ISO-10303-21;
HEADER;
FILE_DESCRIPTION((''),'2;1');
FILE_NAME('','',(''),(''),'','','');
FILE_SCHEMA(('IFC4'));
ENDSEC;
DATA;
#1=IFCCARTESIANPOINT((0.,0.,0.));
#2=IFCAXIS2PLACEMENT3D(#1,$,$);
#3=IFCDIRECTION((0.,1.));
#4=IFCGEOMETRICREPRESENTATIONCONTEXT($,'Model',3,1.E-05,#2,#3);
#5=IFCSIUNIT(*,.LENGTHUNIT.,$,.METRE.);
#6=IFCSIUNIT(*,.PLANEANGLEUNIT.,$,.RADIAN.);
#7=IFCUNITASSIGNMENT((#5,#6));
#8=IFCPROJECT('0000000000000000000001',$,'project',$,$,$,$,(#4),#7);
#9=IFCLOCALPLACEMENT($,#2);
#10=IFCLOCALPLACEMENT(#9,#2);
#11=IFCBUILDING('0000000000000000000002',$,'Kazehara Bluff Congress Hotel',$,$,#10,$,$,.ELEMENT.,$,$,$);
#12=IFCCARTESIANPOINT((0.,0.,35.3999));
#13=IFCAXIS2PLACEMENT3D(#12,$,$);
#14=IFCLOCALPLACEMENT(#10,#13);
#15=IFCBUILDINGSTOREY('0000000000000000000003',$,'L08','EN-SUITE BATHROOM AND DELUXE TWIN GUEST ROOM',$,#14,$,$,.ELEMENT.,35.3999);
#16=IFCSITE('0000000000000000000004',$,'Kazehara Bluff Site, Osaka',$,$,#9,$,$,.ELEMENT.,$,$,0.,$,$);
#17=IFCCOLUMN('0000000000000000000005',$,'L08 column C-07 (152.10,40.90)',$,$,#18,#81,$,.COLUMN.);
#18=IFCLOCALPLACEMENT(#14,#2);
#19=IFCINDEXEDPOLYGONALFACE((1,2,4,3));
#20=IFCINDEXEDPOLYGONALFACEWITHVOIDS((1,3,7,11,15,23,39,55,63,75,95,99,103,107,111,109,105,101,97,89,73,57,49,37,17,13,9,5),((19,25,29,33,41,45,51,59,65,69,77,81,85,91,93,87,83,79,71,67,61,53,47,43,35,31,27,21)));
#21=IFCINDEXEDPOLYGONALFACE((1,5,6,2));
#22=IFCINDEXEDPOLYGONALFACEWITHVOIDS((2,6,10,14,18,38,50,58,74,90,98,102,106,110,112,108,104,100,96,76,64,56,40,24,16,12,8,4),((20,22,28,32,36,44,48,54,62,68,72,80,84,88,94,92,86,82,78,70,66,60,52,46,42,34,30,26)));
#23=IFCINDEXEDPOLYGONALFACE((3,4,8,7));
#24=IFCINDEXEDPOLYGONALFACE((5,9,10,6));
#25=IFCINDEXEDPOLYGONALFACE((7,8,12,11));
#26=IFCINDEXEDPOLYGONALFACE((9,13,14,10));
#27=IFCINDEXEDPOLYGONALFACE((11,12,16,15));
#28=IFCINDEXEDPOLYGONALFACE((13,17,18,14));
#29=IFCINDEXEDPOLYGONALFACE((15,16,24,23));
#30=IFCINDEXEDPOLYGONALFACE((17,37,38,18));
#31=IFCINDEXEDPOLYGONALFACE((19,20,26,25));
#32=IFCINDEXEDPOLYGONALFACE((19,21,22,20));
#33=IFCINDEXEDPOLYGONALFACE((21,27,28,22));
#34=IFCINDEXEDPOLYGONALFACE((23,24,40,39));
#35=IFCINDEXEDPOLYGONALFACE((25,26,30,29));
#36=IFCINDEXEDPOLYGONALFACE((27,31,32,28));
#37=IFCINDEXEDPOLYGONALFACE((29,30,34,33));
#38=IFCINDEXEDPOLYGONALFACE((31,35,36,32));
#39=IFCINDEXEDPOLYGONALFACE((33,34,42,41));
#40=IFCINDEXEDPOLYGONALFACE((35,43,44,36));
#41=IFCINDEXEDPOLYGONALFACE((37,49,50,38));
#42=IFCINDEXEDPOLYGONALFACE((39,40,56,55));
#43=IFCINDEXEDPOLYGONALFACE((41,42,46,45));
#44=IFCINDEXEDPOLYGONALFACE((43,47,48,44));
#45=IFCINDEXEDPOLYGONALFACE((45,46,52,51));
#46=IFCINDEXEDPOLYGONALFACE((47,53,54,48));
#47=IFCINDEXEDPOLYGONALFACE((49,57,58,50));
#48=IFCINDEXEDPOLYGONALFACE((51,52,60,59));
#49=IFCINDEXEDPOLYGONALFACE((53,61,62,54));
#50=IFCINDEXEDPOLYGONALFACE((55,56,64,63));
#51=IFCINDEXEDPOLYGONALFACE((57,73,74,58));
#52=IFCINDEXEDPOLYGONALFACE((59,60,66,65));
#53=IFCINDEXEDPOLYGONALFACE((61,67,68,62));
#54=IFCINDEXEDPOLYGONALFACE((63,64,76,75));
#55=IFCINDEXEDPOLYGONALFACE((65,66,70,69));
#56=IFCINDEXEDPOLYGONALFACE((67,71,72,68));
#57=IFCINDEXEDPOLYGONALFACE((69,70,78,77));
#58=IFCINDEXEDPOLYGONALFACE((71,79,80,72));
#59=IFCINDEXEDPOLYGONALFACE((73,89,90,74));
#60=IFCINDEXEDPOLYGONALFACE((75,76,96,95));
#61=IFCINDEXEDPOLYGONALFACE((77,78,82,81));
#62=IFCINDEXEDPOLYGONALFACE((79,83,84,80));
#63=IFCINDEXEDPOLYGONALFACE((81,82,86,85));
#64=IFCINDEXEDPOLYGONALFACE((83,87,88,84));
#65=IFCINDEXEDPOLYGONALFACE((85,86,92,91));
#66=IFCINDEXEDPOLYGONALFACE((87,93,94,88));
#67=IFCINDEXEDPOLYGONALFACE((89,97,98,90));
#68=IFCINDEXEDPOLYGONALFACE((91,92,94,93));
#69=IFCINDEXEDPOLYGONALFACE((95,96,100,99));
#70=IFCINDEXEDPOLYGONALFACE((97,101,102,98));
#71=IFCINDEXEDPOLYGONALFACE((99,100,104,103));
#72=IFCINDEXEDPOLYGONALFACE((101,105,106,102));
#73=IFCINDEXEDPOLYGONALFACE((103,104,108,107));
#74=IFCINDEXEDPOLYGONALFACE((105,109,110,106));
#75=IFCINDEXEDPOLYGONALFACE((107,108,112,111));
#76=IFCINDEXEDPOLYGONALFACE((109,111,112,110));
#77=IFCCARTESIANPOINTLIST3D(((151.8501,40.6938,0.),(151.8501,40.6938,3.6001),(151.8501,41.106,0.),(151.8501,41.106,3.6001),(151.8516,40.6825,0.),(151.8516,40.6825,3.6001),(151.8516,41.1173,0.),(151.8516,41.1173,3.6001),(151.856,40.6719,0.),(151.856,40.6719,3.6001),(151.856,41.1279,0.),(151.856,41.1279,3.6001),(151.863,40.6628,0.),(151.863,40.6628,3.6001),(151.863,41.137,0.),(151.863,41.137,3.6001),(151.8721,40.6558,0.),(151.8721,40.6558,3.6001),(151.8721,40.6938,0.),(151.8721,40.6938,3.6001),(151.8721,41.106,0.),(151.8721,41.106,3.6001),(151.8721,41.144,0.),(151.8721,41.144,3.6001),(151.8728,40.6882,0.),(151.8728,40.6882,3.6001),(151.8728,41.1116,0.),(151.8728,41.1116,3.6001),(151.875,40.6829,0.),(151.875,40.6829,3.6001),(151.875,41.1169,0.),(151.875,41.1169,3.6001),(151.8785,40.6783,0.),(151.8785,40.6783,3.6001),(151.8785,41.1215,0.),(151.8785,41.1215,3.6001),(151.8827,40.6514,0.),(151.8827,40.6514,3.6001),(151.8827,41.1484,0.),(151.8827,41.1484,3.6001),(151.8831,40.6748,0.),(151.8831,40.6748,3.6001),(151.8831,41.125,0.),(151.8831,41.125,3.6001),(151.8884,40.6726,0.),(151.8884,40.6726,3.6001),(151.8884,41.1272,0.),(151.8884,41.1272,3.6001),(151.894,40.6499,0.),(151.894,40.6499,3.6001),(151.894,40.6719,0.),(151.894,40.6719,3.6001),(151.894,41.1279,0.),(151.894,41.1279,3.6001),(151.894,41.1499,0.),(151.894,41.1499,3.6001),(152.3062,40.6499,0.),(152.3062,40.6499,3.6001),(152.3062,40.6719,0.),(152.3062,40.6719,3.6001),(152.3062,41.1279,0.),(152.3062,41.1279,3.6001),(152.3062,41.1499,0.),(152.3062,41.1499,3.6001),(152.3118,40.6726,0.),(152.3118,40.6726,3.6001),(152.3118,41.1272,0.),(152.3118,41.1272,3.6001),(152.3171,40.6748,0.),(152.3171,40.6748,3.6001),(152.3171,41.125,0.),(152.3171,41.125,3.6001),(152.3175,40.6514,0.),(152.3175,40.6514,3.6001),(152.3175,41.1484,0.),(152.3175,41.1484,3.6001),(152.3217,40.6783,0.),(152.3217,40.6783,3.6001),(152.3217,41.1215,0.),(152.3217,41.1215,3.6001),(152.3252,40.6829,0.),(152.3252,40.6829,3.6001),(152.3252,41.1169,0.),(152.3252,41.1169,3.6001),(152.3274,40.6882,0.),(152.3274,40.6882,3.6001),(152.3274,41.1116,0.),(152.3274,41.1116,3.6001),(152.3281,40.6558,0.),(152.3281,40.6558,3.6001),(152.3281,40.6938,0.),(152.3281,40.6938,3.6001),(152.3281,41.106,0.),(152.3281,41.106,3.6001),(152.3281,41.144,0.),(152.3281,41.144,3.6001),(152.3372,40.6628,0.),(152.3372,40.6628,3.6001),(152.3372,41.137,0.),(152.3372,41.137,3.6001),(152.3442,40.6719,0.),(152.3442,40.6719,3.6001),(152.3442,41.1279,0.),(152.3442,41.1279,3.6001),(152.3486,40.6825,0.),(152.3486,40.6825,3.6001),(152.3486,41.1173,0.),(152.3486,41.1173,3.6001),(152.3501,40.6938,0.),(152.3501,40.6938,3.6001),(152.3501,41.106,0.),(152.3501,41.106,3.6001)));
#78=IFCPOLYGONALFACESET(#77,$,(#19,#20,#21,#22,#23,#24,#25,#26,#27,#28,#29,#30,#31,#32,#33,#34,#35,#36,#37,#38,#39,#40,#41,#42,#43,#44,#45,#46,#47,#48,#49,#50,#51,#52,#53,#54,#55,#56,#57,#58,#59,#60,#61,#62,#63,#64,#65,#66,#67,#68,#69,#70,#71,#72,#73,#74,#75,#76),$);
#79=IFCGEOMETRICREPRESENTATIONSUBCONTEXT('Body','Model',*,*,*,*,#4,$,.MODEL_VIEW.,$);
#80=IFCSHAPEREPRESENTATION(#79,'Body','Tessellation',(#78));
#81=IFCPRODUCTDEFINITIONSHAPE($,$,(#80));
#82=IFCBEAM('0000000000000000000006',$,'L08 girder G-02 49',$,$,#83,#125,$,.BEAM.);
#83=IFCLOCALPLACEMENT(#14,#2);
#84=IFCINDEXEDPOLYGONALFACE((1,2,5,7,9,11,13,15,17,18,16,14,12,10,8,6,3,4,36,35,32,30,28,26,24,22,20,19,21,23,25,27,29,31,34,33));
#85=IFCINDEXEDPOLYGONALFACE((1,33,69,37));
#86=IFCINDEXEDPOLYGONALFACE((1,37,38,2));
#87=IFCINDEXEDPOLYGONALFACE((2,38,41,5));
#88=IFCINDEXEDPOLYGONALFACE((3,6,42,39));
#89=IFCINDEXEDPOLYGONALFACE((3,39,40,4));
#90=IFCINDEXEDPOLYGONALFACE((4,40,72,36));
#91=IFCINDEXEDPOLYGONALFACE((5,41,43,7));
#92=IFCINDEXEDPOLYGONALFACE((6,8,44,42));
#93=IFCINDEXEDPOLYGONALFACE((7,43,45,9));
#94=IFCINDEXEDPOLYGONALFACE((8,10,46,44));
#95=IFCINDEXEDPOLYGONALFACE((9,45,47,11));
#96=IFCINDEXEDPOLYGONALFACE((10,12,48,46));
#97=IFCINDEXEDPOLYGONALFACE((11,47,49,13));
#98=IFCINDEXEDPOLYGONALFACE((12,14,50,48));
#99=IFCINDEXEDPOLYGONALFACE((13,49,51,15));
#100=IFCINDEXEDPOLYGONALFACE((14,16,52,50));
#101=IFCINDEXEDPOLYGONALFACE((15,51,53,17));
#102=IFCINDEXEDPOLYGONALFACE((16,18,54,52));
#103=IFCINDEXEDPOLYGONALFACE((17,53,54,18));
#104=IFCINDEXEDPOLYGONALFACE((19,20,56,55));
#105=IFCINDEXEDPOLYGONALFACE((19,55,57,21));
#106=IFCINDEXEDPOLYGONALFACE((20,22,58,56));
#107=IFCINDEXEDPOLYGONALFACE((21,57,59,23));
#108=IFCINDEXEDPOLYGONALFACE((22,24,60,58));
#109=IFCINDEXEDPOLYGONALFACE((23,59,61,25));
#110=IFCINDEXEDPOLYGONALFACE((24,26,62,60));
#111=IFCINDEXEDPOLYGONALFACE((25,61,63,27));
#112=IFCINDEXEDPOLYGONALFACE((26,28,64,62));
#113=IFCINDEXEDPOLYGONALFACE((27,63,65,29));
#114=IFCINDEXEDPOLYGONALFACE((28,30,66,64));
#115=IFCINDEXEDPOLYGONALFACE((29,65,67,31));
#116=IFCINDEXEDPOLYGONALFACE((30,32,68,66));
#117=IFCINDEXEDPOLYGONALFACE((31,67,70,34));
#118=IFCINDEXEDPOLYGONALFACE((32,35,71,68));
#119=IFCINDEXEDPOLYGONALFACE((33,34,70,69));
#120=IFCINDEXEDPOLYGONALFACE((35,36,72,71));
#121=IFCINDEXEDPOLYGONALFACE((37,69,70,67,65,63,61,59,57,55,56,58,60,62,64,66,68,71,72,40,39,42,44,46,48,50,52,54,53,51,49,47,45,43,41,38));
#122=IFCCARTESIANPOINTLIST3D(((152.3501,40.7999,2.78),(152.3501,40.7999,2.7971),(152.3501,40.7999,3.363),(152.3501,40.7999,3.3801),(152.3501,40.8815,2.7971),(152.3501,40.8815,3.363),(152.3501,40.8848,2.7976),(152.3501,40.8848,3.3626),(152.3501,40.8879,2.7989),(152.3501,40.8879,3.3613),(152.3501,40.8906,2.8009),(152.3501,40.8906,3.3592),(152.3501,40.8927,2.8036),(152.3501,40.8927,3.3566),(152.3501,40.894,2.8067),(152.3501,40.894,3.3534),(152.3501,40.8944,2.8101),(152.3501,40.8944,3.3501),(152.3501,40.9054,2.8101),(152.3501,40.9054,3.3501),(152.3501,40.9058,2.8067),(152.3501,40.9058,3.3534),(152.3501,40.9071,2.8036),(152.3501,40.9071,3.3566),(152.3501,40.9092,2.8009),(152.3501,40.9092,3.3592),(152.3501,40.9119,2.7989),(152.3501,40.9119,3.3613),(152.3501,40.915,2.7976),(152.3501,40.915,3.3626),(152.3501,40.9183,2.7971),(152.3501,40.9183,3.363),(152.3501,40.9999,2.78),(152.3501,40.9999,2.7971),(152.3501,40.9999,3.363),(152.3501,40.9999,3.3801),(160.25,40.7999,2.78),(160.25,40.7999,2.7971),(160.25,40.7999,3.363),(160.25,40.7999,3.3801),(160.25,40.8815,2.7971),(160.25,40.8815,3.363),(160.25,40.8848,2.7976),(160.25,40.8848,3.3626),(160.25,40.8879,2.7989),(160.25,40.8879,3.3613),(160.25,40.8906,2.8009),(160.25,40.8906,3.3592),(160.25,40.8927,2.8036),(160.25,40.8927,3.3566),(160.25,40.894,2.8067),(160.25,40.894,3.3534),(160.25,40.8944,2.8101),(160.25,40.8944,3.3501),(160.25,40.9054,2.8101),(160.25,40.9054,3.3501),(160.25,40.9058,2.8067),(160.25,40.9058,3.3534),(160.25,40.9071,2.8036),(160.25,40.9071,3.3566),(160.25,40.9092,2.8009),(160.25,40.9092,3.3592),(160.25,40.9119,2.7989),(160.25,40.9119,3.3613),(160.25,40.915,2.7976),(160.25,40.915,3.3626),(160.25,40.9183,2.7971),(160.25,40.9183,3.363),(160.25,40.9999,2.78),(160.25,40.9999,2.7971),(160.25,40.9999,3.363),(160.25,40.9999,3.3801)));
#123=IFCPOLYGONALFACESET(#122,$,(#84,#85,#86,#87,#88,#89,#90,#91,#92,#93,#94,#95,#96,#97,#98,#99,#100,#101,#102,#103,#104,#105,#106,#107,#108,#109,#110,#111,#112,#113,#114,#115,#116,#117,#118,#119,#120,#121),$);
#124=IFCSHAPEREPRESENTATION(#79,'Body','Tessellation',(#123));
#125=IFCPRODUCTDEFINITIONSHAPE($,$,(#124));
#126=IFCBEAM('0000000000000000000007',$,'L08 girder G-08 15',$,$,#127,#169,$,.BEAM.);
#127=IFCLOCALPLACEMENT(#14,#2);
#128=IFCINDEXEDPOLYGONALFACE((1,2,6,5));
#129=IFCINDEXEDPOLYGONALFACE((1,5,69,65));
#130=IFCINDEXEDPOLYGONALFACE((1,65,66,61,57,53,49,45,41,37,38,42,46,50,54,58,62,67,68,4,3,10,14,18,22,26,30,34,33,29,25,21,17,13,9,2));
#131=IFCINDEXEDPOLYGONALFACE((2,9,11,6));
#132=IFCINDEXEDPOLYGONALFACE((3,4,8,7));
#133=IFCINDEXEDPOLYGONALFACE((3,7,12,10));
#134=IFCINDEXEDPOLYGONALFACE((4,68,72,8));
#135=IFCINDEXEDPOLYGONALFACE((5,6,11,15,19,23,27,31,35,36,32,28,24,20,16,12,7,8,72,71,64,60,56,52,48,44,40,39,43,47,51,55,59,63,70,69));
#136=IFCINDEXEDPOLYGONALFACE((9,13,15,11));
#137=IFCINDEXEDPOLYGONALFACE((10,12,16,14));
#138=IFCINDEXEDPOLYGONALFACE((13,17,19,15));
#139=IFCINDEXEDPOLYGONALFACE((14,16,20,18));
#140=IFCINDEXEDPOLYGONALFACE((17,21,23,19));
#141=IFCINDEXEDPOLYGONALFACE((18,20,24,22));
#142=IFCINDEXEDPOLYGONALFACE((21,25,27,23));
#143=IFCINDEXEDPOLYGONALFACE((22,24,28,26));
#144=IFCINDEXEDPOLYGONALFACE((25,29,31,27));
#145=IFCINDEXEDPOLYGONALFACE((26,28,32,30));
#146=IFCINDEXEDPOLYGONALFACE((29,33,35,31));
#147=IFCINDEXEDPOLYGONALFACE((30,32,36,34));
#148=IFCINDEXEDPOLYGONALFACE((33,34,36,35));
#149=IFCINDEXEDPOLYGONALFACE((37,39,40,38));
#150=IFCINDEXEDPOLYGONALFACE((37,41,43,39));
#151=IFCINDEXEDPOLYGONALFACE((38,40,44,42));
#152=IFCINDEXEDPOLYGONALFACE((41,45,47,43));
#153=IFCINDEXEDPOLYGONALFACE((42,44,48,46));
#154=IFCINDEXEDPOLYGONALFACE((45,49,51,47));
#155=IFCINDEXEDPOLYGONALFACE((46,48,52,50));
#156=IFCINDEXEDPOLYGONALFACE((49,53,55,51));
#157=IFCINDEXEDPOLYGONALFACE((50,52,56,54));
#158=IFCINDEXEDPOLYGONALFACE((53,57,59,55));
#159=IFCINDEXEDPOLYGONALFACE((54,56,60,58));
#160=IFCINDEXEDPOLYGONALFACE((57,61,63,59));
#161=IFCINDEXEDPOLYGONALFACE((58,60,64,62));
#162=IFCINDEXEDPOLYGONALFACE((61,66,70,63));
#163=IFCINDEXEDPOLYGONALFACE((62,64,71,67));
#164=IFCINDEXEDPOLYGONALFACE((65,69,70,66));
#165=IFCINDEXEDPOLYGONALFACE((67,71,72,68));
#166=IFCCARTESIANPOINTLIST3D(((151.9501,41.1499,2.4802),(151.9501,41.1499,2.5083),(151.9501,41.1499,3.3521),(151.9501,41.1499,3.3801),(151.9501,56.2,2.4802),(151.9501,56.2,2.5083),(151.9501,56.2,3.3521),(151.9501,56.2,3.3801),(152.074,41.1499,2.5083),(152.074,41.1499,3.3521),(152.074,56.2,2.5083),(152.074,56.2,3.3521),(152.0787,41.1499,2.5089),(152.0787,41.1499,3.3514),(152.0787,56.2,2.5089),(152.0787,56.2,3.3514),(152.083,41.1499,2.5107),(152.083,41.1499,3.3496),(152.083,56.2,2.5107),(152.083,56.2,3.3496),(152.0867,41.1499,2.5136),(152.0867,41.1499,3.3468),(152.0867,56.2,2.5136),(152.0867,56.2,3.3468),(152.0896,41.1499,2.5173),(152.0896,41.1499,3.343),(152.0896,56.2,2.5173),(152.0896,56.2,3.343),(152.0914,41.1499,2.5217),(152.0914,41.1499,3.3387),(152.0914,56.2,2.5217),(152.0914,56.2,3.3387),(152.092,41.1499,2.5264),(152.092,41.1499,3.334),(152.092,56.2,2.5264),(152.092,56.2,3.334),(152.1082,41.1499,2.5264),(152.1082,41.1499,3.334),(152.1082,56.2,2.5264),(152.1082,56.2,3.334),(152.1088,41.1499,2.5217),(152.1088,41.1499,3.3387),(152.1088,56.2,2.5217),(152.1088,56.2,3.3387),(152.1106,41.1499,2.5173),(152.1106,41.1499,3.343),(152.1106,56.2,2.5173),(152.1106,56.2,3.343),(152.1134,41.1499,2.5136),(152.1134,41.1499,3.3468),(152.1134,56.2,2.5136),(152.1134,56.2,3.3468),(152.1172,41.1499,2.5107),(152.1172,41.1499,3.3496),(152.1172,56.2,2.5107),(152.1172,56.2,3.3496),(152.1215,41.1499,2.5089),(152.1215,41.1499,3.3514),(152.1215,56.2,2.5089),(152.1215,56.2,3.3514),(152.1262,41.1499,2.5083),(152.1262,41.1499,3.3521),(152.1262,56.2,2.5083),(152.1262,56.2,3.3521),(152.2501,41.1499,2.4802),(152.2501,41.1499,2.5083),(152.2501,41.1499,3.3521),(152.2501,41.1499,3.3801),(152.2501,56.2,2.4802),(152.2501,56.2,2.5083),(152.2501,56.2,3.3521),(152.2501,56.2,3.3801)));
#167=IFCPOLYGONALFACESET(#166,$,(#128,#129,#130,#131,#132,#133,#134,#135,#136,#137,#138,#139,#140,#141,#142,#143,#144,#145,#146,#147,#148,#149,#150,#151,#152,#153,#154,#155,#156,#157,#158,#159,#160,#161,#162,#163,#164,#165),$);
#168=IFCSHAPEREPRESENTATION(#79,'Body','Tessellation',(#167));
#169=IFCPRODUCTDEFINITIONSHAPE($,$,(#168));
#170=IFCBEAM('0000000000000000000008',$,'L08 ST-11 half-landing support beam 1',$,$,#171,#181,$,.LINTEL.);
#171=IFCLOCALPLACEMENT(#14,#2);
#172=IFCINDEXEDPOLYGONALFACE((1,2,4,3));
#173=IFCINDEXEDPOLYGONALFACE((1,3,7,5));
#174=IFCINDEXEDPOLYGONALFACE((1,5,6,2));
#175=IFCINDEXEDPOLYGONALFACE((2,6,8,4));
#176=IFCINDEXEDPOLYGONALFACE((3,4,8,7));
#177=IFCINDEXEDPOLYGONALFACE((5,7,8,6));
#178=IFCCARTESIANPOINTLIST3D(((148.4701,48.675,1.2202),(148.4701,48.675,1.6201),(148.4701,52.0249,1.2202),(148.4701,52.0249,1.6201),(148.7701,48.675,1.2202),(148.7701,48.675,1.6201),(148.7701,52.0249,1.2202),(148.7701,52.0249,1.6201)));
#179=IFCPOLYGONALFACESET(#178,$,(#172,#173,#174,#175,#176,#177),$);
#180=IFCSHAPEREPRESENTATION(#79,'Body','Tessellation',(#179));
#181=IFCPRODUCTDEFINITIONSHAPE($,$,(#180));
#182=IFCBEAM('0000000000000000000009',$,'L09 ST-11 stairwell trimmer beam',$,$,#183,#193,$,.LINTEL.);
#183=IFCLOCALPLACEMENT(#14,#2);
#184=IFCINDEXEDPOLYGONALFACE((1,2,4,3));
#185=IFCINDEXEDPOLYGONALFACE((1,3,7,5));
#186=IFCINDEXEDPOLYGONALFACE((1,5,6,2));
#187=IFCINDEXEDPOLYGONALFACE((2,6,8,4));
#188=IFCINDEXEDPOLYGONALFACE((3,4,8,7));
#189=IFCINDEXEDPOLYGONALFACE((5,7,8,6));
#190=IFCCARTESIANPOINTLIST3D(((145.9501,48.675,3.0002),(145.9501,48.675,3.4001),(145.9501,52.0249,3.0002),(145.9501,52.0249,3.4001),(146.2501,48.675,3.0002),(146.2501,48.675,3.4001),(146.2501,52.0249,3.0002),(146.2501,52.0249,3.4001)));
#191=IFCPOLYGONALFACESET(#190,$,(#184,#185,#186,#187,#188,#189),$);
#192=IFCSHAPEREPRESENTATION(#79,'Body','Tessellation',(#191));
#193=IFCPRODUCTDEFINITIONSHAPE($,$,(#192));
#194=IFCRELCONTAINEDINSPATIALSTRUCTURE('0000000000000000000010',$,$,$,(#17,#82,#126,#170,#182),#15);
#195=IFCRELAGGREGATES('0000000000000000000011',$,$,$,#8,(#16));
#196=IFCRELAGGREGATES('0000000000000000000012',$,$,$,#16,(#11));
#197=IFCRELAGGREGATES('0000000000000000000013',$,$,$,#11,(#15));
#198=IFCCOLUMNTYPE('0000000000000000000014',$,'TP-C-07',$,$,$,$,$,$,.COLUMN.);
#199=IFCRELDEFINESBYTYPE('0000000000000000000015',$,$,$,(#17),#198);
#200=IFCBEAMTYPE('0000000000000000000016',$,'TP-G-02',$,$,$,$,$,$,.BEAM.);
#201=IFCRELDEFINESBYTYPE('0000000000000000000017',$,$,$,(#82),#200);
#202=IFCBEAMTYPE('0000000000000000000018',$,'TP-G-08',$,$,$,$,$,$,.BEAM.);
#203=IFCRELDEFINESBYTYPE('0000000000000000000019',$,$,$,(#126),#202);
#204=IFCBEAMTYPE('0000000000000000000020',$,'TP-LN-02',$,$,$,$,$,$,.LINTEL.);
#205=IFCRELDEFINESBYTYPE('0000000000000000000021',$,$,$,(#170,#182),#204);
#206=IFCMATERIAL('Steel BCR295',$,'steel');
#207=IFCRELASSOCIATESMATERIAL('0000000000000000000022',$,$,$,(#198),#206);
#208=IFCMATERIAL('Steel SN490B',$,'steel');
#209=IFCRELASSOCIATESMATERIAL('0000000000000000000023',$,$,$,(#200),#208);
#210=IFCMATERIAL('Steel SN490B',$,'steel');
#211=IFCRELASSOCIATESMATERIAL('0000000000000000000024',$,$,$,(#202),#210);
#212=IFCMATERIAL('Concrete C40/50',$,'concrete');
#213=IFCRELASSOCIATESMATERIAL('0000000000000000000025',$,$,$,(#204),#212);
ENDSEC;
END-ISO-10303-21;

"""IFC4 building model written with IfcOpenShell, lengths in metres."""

from ifc_helpers import new_model, si_unit, direction, frame, origin, origin_2d, place, context, subcontext, project, spatial, rectangle, hollow_rectangle, i_section, extrude, material, material_profile, profile_set, type_object, element, save


model = new_model("IFC4")

# Units and contexts
model_context = context("Model", 3, precision=1e-05, world=origin(), true_north=direction((0.0, 1.0)))
body_context = subcontext(model_context, "Body", "Model", "MODEL_VIEW")
ifc_project = project(units=[si_unit("LENGTHUNIT", "METRE"), si_unit("PLANEANGLEUNIT", "RADIAN")], contexts=[model_context])

# Site, building, storey
site_placement = place(None, origin())
site = spatial("IfcSite", under=ifc_project, at=site_placement, Name="Kazehara Bluff Site, Osaka", CompositionType="ELEMENT", RefElevation=0.0)
building_placement = place(site_placement, origin())
building = spatial("IfcBuilding", under=site, at=building_placement, Name="Kazehara Bluff Congress Hotel", CompositionType="ELEMENT")
storey_placement = place(building_placement, frame((0.0, 0.0, 35.3999)))
storey = spatial("IfcBuildingStorey", under=building, at=storey_placement, Name="L08", Description="EN-SUITE BATHROOM AND DELUXE TWIN GUEST ROOM", CompositionType="ELEMENT", Elevation=35.3999)

# Column
ifc_material_1 = material(Name="Steel BCR295", Category="steel")
ifc_material_profile_1 = material_profile(ifc_material_1, hollow_rectangle(XDim=0.5, YDim=0.5, WallThickness=0.022, InnerFilletRadius=0.022, OuterFilletRadius=0.0439, at=origin_2d()))
ifc_profile_set_1 = profile_set([ifc_material_profile_1], Name="Steel BCR295")
column_type = type_object("IfcColumnType", Name="TP-C-07", PredefinedType="COLUMN", material=ifc_profile_set_1)
column_placement = place(storey_placement, frame((152.1001, 40.8999, 0.0), z_axis=(0.0, 0.0, 1.0), x_axis=(1.0, 0.0, 0.0)))
element("IfcColumn", 1, at=column_placement, inside=storey, type_object=column_type, Name="L08 column C-07 (152.10,40.90)", PredefinedType="COLUMN", context=body_context, shape_type="SweptSolid", body=[
    extrude(hollow_rectangle(XDim=0.5, YDim=0.5, WallThickness=0.022, InnerFilletRadius=0.022, OuterFilletRadius=0.0439, at=origin_2d()), origin(), (0.0, 0.0, 1.0), 3.6001),
])

# Beams
ifc_material_2 = material(Name="Steel SN490B", Category="steel")
ifc_material_profile_2 = material_profile(ifc_material_2, i_section(OverallWidth=0.2, OverallDepth=0.6001, WebThickness=0.011, FlangeThickness=0.0171, FilletRadius=0.0129, at=origin_2d()))
ifc_profile_set_2 = profile_set([ifc_material_profile_2], Name="Steel SN490B")
beam_type_1 = type_object("IfcBeamType", Name="TP-G-02", PredefinedType="BEAM", material=ifc_profile_set_2)
beam_1_placement = place(storey_placement, frame((152.3501, 40.8999, 3.0801), z_axis=(1.0, 0.0, 0.0), x_axis=(0.0, 1.0, 0.0)))
element("IfcBeam", 2, at=beam_1_placement, inside=storey, type_object=beam_type_1, Name="L08 girder G-02 49", PredefinedType="BEAM", context=body_context, shape_type="SweptSolid", body=[
    extrude(i_section(OverallWidth=0.2, OverallDepth=0.6001, WebThickness=0.011, FlangeThickness=0.0171, FilletRadius=0.0129, at=origin_2d()), origin(), (0.0, 0.0, 1.0), 7.8999),
])
ifc_material_3 = material(Name="Steel SN490B", Category="steel")
ifc_material_profile_3 = material_profile(ifc_material_3, i_section(OverallWidth=0.3, OverallDepth=0.8999, WebThickness=0.0161, FlangeThickness=0.0281, FilletRadius=0.0181, at=origin_2d()))
ifc_profile_set_3 = profile_set([ifc_material_profile_3], Name="Steel SN490B")
beam_type_2 = type_object("IfcBeamType", Name="TP-G-08", PredefinedType="BEAM", material=ifc_profile_set_3)
beam_2_placement = place(storey_placement, frame((152.1001, 41.1499, 2.9302), z_axis=(0.0, 1.0, 0.0), x_axis=(-1.0, 0.0, 0.0)))
element("IfcBeam", 3, at=beam_2_placement, inside=storey, type_object=beam_type_2, Name="L08 girder G-08 15", PredefinedType="BEAM", context=body_context, shape_type="SweptSolid", body=[
    extrude(i_section(OverallWidth=0.3, OverallDepth=0.8999, WebThickness=0.0161, FlangeThickness=0.0281, FilletRadius=0.0181, at=origin_2d()), origin(), (0.0, 0.0, 1.0), 15.05),
])
ifc_material_4 = material(Name="Concrete C40/50", Category="concrete")
ifc_material_profile_4 = material_profile(ifc_material_4, rectangle(XDim=0.3, YDim=0.3999, at=origin_2d()))
ifc_profile_set_4 = profile_set([ifc_material_profile_4], Name="Concrete C40/50")
beam_type_3 = type_object("IfcBeamType", Name="TP-LN-02", PredefinedType="LINTEL", material=ifc_profile_set_4)
for number, where, z_axis, x_axis, name in (
    (4, (148.6201, 48.675, 1.4202), (0.0, 1.0, 0.0), (-1.0, 0.0, 0.0), "L08 ST-11 half-landing support beam 1"),
    (5, (146.1001, 48.675, 3.2002), (0.0, 1.0, 0.0), (-1.0, 0.0, 0.0), "L09 ST-11 stairwell trimmer beam"),
):
    element("IfcBeam", number, at=place(storey_placement, frame(where, z_axis=z_axis, x_axis=x_axis)), inside=storey, type_object=beam_type_3, Name=name, PredefinedType="LINTEL", context=body_context, shape_type="SweptSolid", body=[
        extrude(rectangle(XDim=0.3, YDim=0.3999, at=origin_2d()), origin(), (0.0, 0.0, 1.0), 3.3499),
    ])

save(model, "model.ifc")
